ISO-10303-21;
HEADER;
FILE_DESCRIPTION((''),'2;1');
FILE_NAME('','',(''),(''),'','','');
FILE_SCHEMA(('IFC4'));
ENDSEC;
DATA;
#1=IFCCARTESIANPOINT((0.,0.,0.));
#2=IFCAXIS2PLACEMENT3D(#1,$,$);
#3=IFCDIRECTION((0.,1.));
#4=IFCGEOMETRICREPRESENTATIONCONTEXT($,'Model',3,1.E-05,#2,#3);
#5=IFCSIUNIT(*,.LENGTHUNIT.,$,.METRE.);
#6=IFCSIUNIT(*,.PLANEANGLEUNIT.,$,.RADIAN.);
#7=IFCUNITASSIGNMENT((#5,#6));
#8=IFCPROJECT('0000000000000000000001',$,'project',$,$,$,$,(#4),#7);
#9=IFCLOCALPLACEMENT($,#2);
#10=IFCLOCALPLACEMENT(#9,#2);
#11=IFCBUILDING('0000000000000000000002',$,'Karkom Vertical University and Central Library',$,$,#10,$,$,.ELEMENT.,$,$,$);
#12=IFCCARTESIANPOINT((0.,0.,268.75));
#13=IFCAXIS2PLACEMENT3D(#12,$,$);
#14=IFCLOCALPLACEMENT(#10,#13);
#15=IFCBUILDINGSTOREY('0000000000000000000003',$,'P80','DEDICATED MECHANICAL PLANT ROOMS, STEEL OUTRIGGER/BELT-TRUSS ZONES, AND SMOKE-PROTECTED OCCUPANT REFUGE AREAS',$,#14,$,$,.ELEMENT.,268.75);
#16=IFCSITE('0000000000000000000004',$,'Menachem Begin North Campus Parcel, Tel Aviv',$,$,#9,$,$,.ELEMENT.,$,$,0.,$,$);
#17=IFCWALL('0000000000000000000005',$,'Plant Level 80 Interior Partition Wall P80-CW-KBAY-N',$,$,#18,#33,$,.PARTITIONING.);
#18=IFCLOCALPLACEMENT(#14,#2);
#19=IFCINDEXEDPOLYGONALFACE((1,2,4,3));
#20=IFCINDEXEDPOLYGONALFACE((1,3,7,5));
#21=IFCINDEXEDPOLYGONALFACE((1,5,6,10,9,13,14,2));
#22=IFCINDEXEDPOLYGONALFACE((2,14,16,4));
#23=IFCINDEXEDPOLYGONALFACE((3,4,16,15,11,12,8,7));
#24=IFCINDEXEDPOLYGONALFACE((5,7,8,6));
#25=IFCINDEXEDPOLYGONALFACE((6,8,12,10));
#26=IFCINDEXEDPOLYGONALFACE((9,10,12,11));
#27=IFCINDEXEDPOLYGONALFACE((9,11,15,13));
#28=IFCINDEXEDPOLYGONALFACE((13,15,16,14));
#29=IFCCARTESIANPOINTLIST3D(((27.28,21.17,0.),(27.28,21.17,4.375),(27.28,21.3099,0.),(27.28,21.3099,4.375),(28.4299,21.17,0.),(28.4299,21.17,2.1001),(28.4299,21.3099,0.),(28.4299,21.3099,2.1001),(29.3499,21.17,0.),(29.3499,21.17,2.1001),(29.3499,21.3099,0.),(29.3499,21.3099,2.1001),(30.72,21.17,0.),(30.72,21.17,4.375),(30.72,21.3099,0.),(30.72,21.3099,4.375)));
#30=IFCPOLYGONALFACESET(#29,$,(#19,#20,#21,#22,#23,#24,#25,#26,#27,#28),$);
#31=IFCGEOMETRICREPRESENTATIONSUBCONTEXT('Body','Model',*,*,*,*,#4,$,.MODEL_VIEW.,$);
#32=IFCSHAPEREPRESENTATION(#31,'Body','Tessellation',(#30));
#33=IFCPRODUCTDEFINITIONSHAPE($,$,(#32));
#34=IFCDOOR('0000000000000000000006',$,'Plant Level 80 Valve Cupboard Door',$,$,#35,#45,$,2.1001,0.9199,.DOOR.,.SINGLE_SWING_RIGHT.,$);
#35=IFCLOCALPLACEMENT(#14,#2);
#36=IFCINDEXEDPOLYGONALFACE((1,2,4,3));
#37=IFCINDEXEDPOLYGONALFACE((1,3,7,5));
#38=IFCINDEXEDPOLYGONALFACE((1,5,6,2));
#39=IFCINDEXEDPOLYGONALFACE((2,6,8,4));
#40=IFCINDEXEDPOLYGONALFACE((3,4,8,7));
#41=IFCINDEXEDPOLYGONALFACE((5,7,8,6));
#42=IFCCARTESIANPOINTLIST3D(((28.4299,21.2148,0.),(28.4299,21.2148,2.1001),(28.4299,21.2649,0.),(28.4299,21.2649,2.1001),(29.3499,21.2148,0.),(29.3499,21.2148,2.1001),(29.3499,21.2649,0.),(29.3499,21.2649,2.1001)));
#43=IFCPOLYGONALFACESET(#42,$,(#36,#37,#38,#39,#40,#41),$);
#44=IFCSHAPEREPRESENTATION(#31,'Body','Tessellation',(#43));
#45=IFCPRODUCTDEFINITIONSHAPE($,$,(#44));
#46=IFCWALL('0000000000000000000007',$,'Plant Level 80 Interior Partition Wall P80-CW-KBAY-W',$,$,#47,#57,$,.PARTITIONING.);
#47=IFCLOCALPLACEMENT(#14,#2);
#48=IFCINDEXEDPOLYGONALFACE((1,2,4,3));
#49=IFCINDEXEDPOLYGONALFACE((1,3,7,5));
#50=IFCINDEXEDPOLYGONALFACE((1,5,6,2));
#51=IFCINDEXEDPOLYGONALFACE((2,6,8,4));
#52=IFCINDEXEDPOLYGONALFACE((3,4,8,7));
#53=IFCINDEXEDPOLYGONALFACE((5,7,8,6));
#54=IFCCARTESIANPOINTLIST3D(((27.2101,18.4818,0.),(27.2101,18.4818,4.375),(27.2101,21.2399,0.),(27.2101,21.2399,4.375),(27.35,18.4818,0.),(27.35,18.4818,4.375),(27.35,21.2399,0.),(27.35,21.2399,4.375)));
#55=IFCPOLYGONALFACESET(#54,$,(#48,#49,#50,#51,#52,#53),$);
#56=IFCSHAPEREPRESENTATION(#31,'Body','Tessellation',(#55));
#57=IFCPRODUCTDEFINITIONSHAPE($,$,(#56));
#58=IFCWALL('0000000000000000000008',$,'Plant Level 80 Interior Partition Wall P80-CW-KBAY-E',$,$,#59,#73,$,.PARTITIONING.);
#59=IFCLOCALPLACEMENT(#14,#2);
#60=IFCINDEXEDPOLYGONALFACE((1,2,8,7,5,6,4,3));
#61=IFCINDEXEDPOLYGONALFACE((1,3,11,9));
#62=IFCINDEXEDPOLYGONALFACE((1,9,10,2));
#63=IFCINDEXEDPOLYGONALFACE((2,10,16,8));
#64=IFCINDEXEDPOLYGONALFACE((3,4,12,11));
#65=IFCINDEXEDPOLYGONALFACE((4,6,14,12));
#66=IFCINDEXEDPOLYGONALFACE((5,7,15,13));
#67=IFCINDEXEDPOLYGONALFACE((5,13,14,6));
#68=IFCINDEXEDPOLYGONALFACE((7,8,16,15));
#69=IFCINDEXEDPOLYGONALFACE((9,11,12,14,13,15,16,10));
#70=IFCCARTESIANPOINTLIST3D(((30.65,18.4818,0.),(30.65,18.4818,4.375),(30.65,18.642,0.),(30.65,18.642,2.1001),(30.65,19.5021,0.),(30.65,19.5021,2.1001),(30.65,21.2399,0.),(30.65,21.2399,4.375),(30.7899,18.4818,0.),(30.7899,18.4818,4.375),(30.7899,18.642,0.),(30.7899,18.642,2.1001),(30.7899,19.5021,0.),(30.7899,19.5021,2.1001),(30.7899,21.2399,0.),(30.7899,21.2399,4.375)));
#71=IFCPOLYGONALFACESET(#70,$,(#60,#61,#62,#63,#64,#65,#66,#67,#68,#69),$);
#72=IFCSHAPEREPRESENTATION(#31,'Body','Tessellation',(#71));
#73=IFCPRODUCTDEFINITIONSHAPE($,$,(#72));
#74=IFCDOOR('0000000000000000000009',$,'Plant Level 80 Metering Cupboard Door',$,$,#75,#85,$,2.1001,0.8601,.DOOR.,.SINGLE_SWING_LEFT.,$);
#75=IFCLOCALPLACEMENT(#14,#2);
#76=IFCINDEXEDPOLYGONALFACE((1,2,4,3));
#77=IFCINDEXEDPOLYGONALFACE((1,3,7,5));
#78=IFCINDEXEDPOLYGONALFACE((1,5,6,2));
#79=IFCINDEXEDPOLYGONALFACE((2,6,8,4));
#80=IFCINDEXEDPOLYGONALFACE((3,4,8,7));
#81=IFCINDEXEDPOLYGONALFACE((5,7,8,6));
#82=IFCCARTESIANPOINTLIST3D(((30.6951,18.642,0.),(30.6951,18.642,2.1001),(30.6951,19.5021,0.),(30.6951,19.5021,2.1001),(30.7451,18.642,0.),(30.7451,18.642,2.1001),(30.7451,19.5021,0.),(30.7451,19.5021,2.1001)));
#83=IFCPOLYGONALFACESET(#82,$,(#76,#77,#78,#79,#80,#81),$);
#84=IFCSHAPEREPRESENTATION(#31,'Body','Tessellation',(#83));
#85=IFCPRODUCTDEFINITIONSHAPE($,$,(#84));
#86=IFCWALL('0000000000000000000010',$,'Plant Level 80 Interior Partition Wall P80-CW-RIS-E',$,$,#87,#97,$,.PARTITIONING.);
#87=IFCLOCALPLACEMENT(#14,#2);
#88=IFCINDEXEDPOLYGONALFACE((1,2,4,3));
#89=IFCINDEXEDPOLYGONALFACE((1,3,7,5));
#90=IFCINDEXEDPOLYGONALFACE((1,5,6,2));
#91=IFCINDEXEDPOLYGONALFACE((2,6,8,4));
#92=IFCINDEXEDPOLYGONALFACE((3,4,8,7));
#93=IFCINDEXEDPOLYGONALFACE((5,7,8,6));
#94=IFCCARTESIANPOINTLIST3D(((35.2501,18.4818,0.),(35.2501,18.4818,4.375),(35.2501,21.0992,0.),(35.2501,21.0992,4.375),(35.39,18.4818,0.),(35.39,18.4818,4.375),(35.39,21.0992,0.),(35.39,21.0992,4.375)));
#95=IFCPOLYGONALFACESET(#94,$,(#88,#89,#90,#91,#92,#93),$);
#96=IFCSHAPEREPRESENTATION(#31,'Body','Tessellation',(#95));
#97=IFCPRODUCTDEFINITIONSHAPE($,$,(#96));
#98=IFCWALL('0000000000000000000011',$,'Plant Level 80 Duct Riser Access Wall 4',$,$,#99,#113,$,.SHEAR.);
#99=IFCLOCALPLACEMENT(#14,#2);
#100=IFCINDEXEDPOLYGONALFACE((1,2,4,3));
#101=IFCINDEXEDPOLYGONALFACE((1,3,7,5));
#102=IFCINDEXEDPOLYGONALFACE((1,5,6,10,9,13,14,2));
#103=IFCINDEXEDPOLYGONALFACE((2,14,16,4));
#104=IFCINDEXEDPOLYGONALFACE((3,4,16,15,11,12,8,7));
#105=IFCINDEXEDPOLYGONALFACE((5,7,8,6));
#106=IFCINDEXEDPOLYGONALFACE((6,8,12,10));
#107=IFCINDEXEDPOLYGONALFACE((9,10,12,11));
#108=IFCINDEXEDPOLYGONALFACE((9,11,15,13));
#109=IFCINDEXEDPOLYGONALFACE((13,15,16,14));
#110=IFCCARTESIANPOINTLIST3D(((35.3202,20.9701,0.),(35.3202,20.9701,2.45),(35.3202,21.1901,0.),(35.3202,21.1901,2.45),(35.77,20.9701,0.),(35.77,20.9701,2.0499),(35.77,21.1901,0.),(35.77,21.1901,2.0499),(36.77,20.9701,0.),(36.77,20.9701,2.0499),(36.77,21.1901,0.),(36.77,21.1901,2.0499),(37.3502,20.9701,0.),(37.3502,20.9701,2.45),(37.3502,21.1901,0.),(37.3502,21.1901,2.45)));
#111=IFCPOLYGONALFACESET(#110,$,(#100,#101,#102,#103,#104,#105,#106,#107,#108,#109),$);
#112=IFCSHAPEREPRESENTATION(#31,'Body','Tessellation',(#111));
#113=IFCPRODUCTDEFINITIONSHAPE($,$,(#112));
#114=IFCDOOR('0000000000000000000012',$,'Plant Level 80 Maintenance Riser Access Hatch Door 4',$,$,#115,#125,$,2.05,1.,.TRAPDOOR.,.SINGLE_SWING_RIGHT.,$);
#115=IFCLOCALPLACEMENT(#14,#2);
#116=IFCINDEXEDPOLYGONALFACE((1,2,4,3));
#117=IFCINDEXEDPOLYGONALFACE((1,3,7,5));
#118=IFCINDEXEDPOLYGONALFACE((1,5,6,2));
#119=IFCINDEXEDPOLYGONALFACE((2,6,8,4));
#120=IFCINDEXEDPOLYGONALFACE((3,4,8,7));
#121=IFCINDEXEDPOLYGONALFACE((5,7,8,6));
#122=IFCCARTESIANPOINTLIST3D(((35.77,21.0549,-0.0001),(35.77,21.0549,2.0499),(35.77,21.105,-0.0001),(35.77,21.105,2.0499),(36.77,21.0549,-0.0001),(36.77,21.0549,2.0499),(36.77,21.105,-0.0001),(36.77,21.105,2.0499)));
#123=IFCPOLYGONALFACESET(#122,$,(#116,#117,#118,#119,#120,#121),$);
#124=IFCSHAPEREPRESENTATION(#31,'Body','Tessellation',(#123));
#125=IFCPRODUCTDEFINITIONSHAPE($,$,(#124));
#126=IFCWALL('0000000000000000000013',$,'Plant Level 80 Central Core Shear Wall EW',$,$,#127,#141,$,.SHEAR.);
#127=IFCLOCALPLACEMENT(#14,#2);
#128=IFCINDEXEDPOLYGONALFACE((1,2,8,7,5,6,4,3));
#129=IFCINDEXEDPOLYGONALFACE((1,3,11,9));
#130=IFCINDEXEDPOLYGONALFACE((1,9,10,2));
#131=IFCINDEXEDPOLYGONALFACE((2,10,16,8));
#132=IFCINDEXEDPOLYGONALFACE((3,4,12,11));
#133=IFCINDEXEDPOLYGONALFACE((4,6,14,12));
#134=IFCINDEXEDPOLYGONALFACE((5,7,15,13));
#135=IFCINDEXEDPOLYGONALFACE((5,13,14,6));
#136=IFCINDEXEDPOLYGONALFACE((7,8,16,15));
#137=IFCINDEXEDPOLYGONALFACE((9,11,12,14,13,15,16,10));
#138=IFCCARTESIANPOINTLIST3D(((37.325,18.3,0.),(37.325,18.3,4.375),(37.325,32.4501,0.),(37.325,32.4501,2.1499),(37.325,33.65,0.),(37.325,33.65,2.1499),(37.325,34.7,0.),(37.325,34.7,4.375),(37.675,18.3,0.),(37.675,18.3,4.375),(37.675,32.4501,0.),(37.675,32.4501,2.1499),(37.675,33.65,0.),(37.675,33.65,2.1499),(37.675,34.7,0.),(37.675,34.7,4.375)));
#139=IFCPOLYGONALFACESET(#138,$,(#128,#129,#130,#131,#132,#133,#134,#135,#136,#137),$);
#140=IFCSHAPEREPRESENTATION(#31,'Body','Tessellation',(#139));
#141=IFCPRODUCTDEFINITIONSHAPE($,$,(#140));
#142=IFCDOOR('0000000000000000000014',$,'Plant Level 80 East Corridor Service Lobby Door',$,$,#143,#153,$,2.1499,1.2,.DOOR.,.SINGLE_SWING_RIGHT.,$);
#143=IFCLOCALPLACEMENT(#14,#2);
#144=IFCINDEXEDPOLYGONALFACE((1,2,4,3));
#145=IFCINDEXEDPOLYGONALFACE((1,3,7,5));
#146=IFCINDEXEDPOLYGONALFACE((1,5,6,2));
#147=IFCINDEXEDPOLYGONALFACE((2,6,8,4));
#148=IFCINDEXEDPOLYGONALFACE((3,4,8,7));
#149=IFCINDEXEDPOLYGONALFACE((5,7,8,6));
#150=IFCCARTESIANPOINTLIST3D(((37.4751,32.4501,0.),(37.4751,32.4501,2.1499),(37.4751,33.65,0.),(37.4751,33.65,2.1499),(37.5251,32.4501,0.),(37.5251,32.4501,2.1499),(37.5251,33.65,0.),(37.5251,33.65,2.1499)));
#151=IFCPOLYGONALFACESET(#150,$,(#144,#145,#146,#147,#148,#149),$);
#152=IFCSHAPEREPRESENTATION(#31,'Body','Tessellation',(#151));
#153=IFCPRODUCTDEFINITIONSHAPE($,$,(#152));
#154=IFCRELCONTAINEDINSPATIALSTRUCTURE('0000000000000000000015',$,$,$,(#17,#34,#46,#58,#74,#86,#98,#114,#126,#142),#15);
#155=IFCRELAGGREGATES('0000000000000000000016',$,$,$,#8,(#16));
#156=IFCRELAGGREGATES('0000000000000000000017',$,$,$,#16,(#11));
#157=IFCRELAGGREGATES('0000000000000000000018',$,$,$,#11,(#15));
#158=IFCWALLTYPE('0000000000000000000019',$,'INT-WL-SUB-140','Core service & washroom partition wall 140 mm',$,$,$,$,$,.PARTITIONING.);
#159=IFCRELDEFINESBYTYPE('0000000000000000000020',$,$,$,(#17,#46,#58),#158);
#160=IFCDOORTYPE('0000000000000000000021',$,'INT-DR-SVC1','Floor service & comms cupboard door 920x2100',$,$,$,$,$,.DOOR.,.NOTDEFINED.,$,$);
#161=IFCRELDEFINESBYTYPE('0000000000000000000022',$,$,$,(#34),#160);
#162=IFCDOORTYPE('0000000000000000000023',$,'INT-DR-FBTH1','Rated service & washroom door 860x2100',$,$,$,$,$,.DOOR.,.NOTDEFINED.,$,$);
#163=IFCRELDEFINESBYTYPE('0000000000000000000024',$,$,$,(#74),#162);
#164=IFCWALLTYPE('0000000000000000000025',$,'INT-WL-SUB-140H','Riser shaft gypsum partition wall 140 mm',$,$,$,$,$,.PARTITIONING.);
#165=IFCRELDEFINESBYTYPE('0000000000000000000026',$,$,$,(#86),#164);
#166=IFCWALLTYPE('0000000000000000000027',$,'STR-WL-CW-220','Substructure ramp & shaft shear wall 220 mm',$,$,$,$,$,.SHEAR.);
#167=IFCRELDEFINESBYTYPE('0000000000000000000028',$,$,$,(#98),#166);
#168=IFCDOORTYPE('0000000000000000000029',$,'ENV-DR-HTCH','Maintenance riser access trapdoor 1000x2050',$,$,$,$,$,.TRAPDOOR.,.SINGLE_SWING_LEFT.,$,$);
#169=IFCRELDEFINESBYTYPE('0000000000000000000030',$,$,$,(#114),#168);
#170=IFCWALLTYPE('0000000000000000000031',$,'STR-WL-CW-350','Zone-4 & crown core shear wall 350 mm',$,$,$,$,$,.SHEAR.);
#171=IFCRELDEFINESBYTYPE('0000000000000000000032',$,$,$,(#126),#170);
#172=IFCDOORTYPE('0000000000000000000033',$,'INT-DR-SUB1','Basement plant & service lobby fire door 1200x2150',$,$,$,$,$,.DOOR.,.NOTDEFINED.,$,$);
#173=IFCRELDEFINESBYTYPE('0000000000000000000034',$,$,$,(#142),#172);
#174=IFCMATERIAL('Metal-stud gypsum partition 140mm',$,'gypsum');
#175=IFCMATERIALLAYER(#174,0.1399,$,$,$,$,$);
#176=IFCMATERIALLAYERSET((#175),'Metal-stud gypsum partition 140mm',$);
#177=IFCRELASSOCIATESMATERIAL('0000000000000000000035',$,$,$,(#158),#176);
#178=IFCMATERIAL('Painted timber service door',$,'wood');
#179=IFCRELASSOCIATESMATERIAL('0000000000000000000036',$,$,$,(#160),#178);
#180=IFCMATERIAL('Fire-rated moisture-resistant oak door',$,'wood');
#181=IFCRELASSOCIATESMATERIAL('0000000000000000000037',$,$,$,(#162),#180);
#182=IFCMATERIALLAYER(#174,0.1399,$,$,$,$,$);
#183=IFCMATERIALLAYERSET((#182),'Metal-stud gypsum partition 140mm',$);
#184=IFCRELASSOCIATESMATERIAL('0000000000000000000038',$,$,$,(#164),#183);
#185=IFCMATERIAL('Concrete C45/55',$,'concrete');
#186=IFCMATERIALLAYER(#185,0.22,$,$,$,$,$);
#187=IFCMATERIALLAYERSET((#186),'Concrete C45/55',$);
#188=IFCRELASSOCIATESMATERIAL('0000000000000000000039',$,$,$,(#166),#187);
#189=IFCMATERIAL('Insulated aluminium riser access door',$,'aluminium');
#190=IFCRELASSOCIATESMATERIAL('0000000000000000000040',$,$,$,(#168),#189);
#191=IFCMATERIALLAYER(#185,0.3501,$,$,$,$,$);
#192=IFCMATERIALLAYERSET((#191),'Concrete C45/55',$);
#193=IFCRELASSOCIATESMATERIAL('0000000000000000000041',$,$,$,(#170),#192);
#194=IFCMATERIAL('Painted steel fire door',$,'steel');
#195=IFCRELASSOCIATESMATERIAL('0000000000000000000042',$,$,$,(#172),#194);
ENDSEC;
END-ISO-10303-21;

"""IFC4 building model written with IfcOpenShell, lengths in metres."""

from ifc_helpers import new_model, si_unit, direction, frame, frame_2d, origin, origin_with_axes, place, context, subcontext, project, spatial, rectangle, extrude, source, transform, mapped, material, layer, layer_set, type_object, element, fill, save


model = new_model("IFC4")

# Units and contexts
model_context = context("Model", 3, precision=1e-05, world=origin(), true_north=direction((0.0, 1.0)))
body_context = subcontext(model_context, "Body", "Model", "MODEL_VIEW")
ifc_project = project(units=[si_unit("LENGTHUNIT", "METRE"), si_unit("PLANEANGLEUNIT", "RADIAN")], contexts=[model_context])

# Site, building, storey
site_placement = place(None, origin())
site = spatial("IfcSite", under=ifc_project, at=site_placement, Name="Menachem Begin North Campus Parcel, Tel Aviv", CompositionType="ELEMENT", RefElevation=0.0)
building_placement = place(site_placement, origin())
building = spatial("IfcBuilding", under=site, at=building_placement, Name="Karkom Vertical University and Central Library", CompositionType="ELEMENT")
storey_placement = place(building_placement, frame((0.0, 0.0, 268.75)))
storey = spatial("IfcBuildingStorey", under=building, at=storey_placement, Name="P80", Description="DEDICATED MECHANICAL PLANT ROOMS, STEEL OUTRIGGER/BELT-TRUSS ZONES, AND SMOKE-PROTECTED OCCUPANT REFUGE AREAS", CompositionType="ELEMENT", Elevation=268.75)

# Shared definitions
ifc_material_1 = material(Name="Concrete C45/55", Category="concrete")

# Wall, opening, door
ifc_material_2 = material(Name="Metal-stud gypsum partition 140mm", Category="gypsum")
ifc_layer_1 = layer(ifc_material_2, 0.1399)
ifc_layer_set_1 = layer_set([ifc_layer_1], Name="Metal-stud gypsum partition 140mm")
wall_type_1 = type_object("IfcWallType", Name="INT-WL-SUB-140", Description="Core service & washroom partition wall 140 mm", PredefinedType="PARTITIONING", material=ifc_layer_set_1)
wall_1_placement = place(storey_placement, frame((27.28, 21.24, 0.0), z_axis=(0.0, 0.0, 1.0), x_axis=(1.0, 0.0, 0.0)))
wall_1 = element("IfcWall", 1, at=wall_1_placement, inside=storey, type_object=wall_type_1, Name="Plant Level 80 Interior Partition Wall P80-CW-KBAY-N", PredefinedType="PARTITIONING", context=body_context, shape_type="SweptSolid", body=[
    extrude(rectangle(XDim=3.4399, YDim=0.1399, at=frame_2d((1.72, 0.0))), origin(), (0.0, 0.0, 1.0), 4.375),
])
opening_1_placement = place(wall_1_placement, frame((1.1499, 0.0, 0.0)))
opening_1 = element("IfcOpeningElement", 2, at=opening_1_placement, cuts=wall_1, PredefinedType="OPENING", context=body_context, shape_type="SweptSolid", body=[
    extrude(rectangle(XDim=0.9199, YDim=2.1001, at=frame_2d((0.46, 1.05))), frame((0.0, 0.0801, 0.0), z_axis=(0.0, -1.0, 0.0), x_axis=(1.0, 0.0, 0.0)), (0.0, 0.0, 1.0), 0.1599),
])
ifc_material_3 = material(Name="Painted timber service door", Category="wood")
door_type_1 = type_object("IfcDoorType", Name="INT-DR-SVC1", Description="Floor service & comms cupboard door 920x2100", OperationType="NOTDEFINED", PredefinedType="DOOR", material=ifc_material_3)
shared_shape_1 = source(origin_with_axes(), body_context, "Body", "SweptSolid", [
    extrude(rectangle(XDim=0.9199, YDim=2.1001, at=frame_2d((0.46, 1.05))), frame((0.0, 0.0249, 0.0), z_axis=(0.0, -1.0, 0.0), x_axis=(1.0, 0.0, 0.0)), (0.0, 0.0, 1.0), 0.05),
])
door_1_placement = place(opening_1_placement, origin())
door_1 = element("IfcDoor", 3, at=door_1_placement, inside=storey, type_object=door_type_1, Name="Plant Level 80 Valve Cupboard Door", OperationType="SINGLE_SWING_RIGHT", OverallHeight=2.1001, OverallWidth=0.9199, PredefinedType="DOOR", context=body_context, shape_type="MappedRepresentation", body=[
    mapped(shared_shape_1, transform((0.0, 0.0, 0.0), scale=1.0)),
])
fill(opening_1, door_1)

# Wall
wall_2_placement = place(storey_placement, frame((27.28, 18.4819, 0.0), z_axis=(0.0, 0.0, 1.0), x_axis=(0.0, 1.0, 0.0)))
element("IfcWall", 4, at=wall_2_placement, inside=storey, type_object=wall_type_1, Name="Plant Level 80 Interior Partition Wall P80-CW-KBAY-W", PredefinedType="PARTITIONING", context=body_context, shape_type="SweptSolid", body=[
    extrude(rectangle(XDim=2.7581, YDim=0.1399, at=frame_2d((1.3789, 0.0))), origin(), (0.0, 0.0, 1.0), 4.375),
])

# Wall, opening, door
wall_3_placement = place(storey_placement, frame((30.72, 18.4819, 0.0), z_axis=(0.0, 0.0, 1.0), x_axis=(0.0, 1.0, 0.0)))
wall_3 = element("IfcWall", 5, at=wall_3_placement, inside=storey, type_object=wall_type_1, Name="Plant Level 80 Interior Partition Wall P80-CW-KBAY-E", PredefinedType="PARTITIONING", context=body_context, shape_type="SweptSolid", body=[
    extrude(rectangle(XDim=2.7581, YDim=0.1399, at=frame_2d((1.3789, 0.0))), origin(), (0.0, 0.0, 1.0), 4.375),
])
opening_2_placement = place(wall_3_placement, frame((0.1599, 0.0, 0.0)))
opening_2 = element("IfcOpeningElement", 6, at=opening_2_placement, cuts=wall_3, PredefinedType="OPENING", context=body_context, shape_type="SweptSolid", body=[
    extrude(rectangle(XDim=0.8601, YDim=2.1001, at=frame_2d((0.4302, 1.05))), frame((0.0, 0.0801, 0.0), z_axis=(0.0, -1.0, 0.0), x_axis=(1.0, 0.0, 0.0)), (0.0, 0.0, 1.0), 0.1599),
])
ifc_material_4 = material(Name="Fire-rated moisture-resistant oak door", Category="wood")
door_type_2 = type_object("IfcDoorType", Name="INT-DR-FBTH1", Description="Rated service & washroom door 860x2100", OperationType="NOTDEFINED", PredefinedType="DOOR", material=ifc_material_4)
shared_shape_2 = source(origin_with_axes(), body_context, "Body", "SweptSolid", [
    extrude(rectangle(XDim=0.8601, YDim=2.1001, at=frame_2d((0.4302, 1.05))), frame((0.0, 0.0249, 0.0), z_axis=(0.0, -1.0, 0.0), x_axis=(1.0, 0.0, 0.0)), (0.0, 0.0, 1.0), 0.05),
])
door_2_placement = place(opening_2_placement, origin())
door_2 = element("IfcDoor", 7, at=door_2_placement, inside=storey, type_object=door_type_2, Name="Plant Level 80 Metering Cupboard Door", OperationType="SINGLE_SWING_LEFT", OverallHeight=2.1001, OverallWidth=0.8601, PredefinedType="DOOR", context=body_context, shape_type="MappedRepresentation", body=[
    mapped(shared_shape_2, transform((0.0, 0.0, 0.0), scale=1.0)),
])
fill(opening_2, door_2)

# Wall
ifc_layer_2 = layer(ifc_material_2, 0.1399)
ifc_layer_set_2 = layer_set([ifc_layer_2], Name="Metal-stud gypsum partition 140mm")
wall_type_2 = type_object("IfcWallType", Name="INT-WL-SUB-140H", Description="Riser shaft gypsum partition wall 140 mm", PredefinedType="PARTITIONING", material=ifc_layer_set_2)
wall_4_placement = place(storey_placement, frame((35.3201, 18.4819, 0.0), z_axis=(0.0, 0.0, 1.0), x_axis=(0.0, 1.0, 0.0)))
element("IfcWall", 8, at=wall_4_placement, inside=storey, type_object=wall_type_2, Name="Plant Level 80 Interior Partition Wall P80-CW-RIS-E", PredefinedType="PARTITIONING", context=body_context, shape_type="SweptSolid", body=[
    extrude(rectangle(XDim=2.6174, YDim=0.1399, at=frame_2d((1.3086, 0.0))), origin(), (0.0, 0.0, 1.0), 4.375),
])

# Walls, openings, doors
ifc_layer_3 = layer(ifc_material_1, 0.22)
ifc_layer_set_3 = layer_set([ifc_layer_3], Name="Concrete C45/55")
wall_type_3 = type_object("IfcWallType", Name="STR-WL-CW-220", Description="Substructure ramp & shaft shear wall 220 mm", PredefinedType="SHEAR", material=ifc_layer_set_3)
wall_5_placement = place(storey_placement, frame((35.3201, 21.0801, 0.0), z_axis=(0.0, 0.0, 1.0), x_axis=(1.0, 0.0, 0.0)))
wall_5 = element("IfcWall", 9, at=wall_5_placement, inside=storey, type_object=wall_type_3, Name="Plant Level 80 Duct Riser Access Wall 4", PredefinedType="SHEAR", context=body_context, shape_type="SweptSolid", body=[
    extrude(rectangle(XDim=2.03, YDim=0.22, at=frame_2d((1.0151, 0.0))), origin(), (0.0, 0.0, 1.0), 2.45),
])
opening_3_placement = place(wall_5_placement, frame((0.45, 0.0, 0.0)))
opening_3 = element("IfcOpeningElement", 10, at=opening_3_placement, cuts=wall_5, PredefinedType="OPENING", context=body_context, shape_type="SweptSolid", body=[
    extrude(rectangle(XDim=1.0, YDim=2.05, at=frame_2d((0.5, 1.0249))), frame((0.0, 0.1201, 0.0), z_axis=(0.0, -1.0, 0.0), x_axis=(1.0, 0.0, 0.0)), (0.0, 0.0, 1.0), 0.24),
])
ifc_material_5 = material(Name="Insulated aluminium riser access door", Category="aluminium")
door_type_3 = type_object("IfcDoorType", Name="ENV-DR-HTCH", Description="Maintenance riser access trapdoor 1000x2050", OperationType="SINGLE_SWING_LEFT", PredefinedType="TRAPDOOR", material=ifc_material_5)
shared_shape_3 = source(origin_with_axes(), body_context, "Body", "SweptSolid", [
    extrude(rectangle(XDim=1.0, YDim=2.05, at=frame_2d((0.5, 1.0249))), frame((0.0, 0.0249, 0.0), z_axis=(0.0, -1.0, 0.0), x_axis=(1.0, 0.0, 0.0)), (0.0, 0.0, 1.0), 0.05),
])
door_3_placement = place(opening_3_placement, origin())
door_3 = element("IfcDoor", 11, at=door_3_placement, inside=storey, type_object=door_type_3, Name="Plant Level 80 Maintenance Riser Access Hatch Door 4", OperationType="SINGLE_SWING_RIGHT", OverallHeight=2.05, OverallWidth=1.0, PredefinedType="TRAPDOOR", context=body_context, shape_type="MappedRepresentation", body=[
    mapped(shared_shape_3, transform((0.0, 0.0, 0.0), scale=1.0)),
])
fill(opening_3, door_3)
ifc_layer_4 = layer(ifc_material_1, 0.3501)
ifc_layer_set_4 = layer_set([ifc_layer_4], Name="Concrete C45/55")
wall_type_4 = type_object("IfcWallType", Name="STR-WL-CW-350", Description="Zone-4 & crown core shear wall 350 mm", PredefinedType="SHEAR", material=ifc_layer_set_4)
wall_6_placement = place(storey_placement, frame((37.5, 18.3, 0.0), z_axis=(0.0, 0.0, 1.0), x_axis=(0.0, 1.0, 0.0)))
wall_6 = element("IfcWall", 12, at=wall_6_placement, inside=storey, type_object=wall_type_4, Name="Plant Level 80 Central Core Shear Wall EW", PredefinedType="SHEAR", context=body_context, shape_type="SweptSolid", body=[
    extrude(rectangle(XDim=16.3999, YDim=0.3501, at=frame_2d((8.2, 0.0))), origin(), (0.0, 0.0, 1.0), 4.375),
])
opening_4_placement = place(wall_6_placement, frame((14.1499, 0.0, 0.0)))
opening_4 = element("IfcOpeningElement", 13, at=opening_4_placement, cuts=wall_6, PredefinedType="OPENING", context=body_context, shape_type="SweptSolid", body=[
    extrude(rectangle(XDim=1.2, YDim=2.1499, at=frame_2d((0.6001, 1.075))), frame((0.0, 0.1851, 0.0), z_axis=(0.0, -1.0, 0.0), x_axis=(1.0, 0.0, 0.0)), (0.0, 0.0, 1.0), 0.3701),
])
ifc_material_6 = material(Name="Painted steel fire door", Category="steel")
door_type_4 = type_object("IfcDoorType", Name="INT-DR-SUB1", Description="Basement plant & service lobby fire door 1200x2150", OperationType="NOTDEFINED", PredefinedType="DOOR", material=ifc_material_6)
shared_shape_4 = source(origin_with_axes(), body_context, "Body", "SweptSolid", [
    extrude(rectangle(XDim=1.2, YDim=2.1499, at=frame_2d((0.6001, 1.075))), frame((0.0, 0.0249, 0.0), z_axis=(0.0, -1.0, 0.0), x_axis=(1.0, 0.0, 0.0)), (0.0, 0.0, 1.0), 0.05),
])
door_4_placement = place(opening_4_placement, origin())
door_4 = element("IfcDoor", 14, at=door_4_placement, inside=storey, type_object=door_type_4, Name="Plant Level 80 East Corridor Service Lobby Door", OperationType="SINGLE_SWING_RIGHT", OverallHeight=2.1499, OverallWidth=1.2, PredefinedType="DOOR", context=body_context, shape_type="MappedRepresentation", body=[
    mapped(shared_shape_4, transform((0.0, 0.0, 0.0), scale=1.0)),
])
fill(opening_4, door_4)

save(model, "model.ifc")
